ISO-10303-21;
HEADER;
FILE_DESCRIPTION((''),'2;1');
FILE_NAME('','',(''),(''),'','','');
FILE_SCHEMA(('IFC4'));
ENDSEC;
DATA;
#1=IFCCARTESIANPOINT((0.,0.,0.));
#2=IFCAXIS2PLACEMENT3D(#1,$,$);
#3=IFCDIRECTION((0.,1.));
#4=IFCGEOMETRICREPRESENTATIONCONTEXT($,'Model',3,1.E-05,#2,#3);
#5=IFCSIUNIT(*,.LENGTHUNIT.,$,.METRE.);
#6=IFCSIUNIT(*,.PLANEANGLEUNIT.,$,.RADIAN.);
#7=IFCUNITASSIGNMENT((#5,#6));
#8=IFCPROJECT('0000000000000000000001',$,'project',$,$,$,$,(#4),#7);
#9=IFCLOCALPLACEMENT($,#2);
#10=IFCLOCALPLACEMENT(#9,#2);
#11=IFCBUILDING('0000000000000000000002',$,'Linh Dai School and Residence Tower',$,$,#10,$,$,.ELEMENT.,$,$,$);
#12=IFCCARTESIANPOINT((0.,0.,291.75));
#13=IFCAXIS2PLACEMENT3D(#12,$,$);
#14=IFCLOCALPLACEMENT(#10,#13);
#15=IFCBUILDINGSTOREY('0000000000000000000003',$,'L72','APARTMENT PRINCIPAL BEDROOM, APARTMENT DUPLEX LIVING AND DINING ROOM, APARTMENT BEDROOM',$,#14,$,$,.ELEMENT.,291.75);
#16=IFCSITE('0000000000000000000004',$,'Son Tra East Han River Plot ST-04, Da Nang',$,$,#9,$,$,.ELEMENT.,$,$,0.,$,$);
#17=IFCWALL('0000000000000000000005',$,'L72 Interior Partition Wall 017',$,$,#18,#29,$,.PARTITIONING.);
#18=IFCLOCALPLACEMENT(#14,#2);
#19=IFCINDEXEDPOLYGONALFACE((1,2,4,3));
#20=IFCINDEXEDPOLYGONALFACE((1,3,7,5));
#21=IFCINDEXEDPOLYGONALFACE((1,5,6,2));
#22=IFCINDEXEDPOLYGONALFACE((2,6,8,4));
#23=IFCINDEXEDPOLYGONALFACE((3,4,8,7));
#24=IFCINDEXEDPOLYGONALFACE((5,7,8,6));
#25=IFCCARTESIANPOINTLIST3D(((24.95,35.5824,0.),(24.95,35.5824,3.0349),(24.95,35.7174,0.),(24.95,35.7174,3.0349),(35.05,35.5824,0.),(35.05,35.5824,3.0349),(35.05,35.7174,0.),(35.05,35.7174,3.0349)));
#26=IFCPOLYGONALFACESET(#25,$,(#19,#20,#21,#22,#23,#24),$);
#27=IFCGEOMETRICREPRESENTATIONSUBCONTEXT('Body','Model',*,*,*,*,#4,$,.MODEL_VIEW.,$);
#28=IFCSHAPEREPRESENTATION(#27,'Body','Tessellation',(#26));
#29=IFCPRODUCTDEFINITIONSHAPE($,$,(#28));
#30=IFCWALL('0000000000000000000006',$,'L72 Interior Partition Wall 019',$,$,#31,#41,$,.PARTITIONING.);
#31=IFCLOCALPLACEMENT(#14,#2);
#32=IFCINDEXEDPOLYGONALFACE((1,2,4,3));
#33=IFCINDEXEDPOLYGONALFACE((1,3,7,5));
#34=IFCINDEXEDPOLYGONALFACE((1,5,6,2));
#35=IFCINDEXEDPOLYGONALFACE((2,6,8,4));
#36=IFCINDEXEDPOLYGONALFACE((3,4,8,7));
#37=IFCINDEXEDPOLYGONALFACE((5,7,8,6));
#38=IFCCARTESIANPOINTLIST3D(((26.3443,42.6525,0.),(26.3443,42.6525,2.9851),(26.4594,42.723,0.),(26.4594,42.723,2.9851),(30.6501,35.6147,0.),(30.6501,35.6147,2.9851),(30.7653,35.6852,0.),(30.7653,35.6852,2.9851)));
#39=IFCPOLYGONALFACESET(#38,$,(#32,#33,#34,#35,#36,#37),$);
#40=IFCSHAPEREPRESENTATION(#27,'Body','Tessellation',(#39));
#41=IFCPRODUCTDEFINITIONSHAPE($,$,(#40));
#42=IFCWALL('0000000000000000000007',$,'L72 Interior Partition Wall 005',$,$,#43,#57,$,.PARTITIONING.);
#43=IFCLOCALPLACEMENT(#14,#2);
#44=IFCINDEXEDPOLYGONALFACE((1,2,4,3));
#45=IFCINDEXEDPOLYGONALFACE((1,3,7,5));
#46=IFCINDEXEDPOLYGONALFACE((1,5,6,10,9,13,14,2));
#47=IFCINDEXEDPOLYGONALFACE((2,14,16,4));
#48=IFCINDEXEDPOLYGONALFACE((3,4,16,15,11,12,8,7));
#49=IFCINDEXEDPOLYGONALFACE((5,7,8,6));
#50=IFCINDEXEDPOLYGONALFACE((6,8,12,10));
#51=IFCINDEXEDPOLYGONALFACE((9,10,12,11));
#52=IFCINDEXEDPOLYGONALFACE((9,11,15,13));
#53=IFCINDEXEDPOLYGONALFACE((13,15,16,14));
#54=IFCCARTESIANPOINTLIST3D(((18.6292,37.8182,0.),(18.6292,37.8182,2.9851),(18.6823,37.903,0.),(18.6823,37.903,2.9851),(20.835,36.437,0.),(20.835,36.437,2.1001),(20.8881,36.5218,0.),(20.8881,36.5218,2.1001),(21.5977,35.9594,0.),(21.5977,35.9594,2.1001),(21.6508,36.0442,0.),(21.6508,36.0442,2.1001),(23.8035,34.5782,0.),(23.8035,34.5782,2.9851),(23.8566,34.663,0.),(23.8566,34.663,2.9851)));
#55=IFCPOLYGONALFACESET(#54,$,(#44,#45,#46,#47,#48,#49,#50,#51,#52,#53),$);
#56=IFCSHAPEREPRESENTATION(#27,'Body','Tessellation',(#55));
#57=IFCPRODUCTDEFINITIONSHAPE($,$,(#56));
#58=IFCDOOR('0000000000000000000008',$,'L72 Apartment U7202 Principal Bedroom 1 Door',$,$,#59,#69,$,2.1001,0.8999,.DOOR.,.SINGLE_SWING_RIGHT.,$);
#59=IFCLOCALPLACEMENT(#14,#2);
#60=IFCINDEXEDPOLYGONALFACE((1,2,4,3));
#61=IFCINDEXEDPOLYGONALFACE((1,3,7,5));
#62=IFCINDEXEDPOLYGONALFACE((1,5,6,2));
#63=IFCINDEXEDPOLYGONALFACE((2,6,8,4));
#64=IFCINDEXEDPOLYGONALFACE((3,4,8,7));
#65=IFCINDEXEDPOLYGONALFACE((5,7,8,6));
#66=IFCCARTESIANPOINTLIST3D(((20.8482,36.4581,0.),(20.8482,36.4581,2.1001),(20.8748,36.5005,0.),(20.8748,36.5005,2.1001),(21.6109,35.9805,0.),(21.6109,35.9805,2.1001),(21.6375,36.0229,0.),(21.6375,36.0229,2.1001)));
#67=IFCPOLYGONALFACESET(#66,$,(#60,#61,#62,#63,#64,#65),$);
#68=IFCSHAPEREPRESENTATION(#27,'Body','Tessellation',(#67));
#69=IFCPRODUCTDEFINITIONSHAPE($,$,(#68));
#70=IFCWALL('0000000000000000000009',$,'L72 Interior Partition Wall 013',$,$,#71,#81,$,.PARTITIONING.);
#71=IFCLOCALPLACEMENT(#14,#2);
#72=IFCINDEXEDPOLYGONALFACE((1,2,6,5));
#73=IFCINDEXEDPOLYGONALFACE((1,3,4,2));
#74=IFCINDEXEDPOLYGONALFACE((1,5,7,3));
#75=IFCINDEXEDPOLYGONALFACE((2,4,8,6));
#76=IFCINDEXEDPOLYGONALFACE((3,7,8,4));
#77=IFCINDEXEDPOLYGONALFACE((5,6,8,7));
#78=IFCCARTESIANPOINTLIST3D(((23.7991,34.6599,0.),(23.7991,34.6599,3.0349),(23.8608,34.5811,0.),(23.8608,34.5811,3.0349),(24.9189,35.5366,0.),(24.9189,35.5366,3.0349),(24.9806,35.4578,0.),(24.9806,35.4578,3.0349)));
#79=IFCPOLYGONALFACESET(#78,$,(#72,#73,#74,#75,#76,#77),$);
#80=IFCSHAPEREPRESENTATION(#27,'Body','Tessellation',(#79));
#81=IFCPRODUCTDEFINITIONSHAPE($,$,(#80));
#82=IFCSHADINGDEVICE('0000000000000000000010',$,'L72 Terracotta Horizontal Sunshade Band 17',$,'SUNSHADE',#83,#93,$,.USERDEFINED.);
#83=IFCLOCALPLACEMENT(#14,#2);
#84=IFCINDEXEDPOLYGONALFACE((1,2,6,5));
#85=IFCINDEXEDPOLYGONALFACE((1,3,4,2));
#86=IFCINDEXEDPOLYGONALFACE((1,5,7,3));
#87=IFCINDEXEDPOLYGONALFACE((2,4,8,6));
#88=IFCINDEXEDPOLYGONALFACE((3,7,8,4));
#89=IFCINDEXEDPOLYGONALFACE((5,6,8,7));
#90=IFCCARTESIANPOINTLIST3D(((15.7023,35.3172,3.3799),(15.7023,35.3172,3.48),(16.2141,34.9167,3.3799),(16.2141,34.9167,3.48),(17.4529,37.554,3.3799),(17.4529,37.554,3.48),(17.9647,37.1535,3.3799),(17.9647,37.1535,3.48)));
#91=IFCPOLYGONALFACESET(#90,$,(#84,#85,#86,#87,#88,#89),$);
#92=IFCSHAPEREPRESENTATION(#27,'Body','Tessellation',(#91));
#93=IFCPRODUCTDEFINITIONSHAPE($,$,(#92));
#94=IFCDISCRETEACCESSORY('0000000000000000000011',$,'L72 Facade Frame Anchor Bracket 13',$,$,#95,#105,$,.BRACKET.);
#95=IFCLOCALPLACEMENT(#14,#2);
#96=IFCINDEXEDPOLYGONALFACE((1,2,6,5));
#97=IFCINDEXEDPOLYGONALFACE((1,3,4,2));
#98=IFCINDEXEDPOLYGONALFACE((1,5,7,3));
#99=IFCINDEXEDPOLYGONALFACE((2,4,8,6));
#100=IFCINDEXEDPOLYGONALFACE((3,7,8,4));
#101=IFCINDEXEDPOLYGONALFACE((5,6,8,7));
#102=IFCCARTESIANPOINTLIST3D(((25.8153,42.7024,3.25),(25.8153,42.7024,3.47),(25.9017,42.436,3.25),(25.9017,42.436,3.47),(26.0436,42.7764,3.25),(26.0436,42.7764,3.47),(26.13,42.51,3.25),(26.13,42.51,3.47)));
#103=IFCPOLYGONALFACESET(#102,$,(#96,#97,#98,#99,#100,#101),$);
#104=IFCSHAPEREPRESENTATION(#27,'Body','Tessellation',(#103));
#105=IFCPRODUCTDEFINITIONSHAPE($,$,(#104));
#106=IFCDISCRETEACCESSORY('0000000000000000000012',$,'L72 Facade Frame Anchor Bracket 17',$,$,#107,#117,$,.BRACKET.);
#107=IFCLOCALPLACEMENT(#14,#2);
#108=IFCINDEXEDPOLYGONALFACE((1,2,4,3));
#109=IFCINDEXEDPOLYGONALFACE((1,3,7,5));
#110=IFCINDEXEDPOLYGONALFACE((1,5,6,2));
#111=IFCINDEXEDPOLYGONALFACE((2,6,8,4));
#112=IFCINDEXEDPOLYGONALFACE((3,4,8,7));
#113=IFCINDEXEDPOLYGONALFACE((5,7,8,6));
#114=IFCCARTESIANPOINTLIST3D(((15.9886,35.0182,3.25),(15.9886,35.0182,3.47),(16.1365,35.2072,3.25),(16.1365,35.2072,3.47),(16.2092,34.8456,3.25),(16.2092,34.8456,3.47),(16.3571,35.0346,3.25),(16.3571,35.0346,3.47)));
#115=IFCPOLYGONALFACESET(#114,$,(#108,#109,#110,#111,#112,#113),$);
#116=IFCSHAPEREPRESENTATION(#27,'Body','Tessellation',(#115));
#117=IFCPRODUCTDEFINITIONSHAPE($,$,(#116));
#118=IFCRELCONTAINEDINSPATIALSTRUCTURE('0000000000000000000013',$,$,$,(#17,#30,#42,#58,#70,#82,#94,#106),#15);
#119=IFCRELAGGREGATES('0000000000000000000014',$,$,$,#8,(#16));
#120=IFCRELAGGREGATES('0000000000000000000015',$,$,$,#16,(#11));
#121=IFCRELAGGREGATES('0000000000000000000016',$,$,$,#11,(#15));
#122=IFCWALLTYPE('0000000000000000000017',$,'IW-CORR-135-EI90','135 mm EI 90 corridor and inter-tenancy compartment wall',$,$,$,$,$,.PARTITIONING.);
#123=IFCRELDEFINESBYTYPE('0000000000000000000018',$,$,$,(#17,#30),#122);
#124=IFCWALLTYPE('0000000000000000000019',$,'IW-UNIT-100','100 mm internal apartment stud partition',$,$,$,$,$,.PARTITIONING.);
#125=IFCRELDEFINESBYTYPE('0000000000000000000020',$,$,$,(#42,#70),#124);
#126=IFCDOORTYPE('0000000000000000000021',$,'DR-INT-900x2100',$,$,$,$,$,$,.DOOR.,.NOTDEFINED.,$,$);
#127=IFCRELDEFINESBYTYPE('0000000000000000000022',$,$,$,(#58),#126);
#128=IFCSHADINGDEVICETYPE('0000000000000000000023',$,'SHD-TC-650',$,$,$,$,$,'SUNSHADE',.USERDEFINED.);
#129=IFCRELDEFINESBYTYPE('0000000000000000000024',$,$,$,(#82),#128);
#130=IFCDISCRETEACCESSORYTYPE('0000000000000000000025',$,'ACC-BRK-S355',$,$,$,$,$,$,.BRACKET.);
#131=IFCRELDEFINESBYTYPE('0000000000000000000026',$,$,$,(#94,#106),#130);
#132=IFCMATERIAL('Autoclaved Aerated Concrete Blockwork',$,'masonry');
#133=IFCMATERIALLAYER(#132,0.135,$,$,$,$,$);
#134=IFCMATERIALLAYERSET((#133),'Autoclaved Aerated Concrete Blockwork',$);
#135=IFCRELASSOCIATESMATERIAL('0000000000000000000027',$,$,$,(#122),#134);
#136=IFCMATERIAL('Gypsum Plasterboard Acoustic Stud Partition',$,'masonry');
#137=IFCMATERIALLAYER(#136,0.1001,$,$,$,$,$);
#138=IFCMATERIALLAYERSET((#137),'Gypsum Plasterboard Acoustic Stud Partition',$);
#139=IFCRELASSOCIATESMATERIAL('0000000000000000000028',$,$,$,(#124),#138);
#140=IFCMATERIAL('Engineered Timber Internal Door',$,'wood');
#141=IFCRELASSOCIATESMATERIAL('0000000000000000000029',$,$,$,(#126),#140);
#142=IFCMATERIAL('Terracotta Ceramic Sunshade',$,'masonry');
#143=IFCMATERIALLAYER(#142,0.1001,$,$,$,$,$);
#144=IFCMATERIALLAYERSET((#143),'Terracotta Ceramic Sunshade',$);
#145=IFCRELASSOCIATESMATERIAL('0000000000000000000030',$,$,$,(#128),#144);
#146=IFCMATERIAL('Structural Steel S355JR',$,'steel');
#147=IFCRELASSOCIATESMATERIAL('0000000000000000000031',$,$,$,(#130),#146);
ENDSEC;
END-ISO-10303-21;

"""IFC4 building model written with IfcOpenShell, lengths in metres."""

from ifc_helpers import new_model, si_unit, direction, frame, frame_2d, origin, origin_2d, place, context, subcontext, project, spatial, rectangle, extrude, source, transform, mapped, material, layer, layer_set, type_object, element, fill, save


model = new_model("IFC4")

# Units and contexts
model_context = context("Model", 3, precision=1e-05, world=origin(), true_north=direction((0.0, 1.0)))
body_context = subcontext(model_context, "Body", "Model", "MODEL_VIEW")
ifc_project = project(units=[si_unit("LENGTHUNIT", "METRE"), si_unit("PLANEANGLEUNIT", "RADIAN")], contexts=[model_context])

# Site, building, storey
site_placement = place(None, origin())
site = spatial("IfcSite", under=ifc_project, at=site_placement, Name="Son Tra East Han River Plot ST-04, Da Nang", CompositionType="ELEMENT", RefElevation=0.0)
building_placement = place(site_placement, origin())
building = spatial("IfcBuilding", under=site, at=building_placement, Name="Linh Dai School and Residence Tower", CompositionType="ELEMENT")
storey_placement = place(building_placement, frame((0.0, 0.0, 291.75)))
storey = spatial("IfcBuildingStorey", under=building, at=storey_placement, Name="L72", Description="APARTMENT PRINCIPAL BEDROOM, APARTMENT DUPLEX LIVING AND DINING ROOM, APARTMENT BEDROOM", CompositionType="ELEMENT", Elevation=291.75)

# Shared definitions
ifc_material_1 = material(Name="Structural Steel S355JR", Category="steel")

# Walls
ifc_material_2 = material(Name="Autoclaved Aerated Concrete Blockwork", Category="masonry")
ifc_layer_1 = layer(ifc_material_2, 0.135)
ifc_layer_set_1 = layer_set([ifc_layer_1], Name="Autoclaved Aerated Concrete Blockwork")
wall_type_1 = type_object("IfcWallType", Name="IW-CORR-135-EI90", Description="135 mm EI 90 corridor and inter-tenancy compartment wall", PredefinedType="PARTITIONING", material=ifc_layer_set_1)
wall_1_placement = place(storey_placement, frame((24.95, 35.6499, 0.0), z_axis=(0.0, 0.0, 1.0), x_axis=(1.0, 0.0, 0.0)))
element("IfcWall", 1, at=wall_1_placement, inside=storey, type_object=wall_type_1, Name="L72 Interior Partition Wall 017", PredefinedType="PARTITIONING", context=body_context, shape_type="SweptSolid", body=[
    extrude(rectangle(XDim=10.1001, YDim=0.135, at=frame_2d((5.05, 0.0))), origin(), (0.0, 0.0, 1.0), 3.0349),
])
wall_2_placement = place(storey_placement, frame((26.4019, 42.6877, 0.0), z_axis=(0.0, 0.0, 1.0), x_axis=(0.521892, -0.853012, 0.0)))
element("IfcWall", 2, at=wall_2_placement, inside=storey, type_object=wall_type_1, Name="L72 Interior Partition Wall 019", PredefinedType="PARTITIONING", context=body_context, shape_type="SweptSolid", body=[
    extrude(rectangle(XDim=8.2505, YDim=0.135, at=frame_2d((4.1252, 0.0))), origin(), (0.0, 0.0, 1.0), 2.9851),
])

# Wall, opening, door
ifc_material_3 = material(Name="Gypsum Plasterboard Acoustic Stud Partition", Category="masonry")
ifc_layer_2 = layer(ifc_material_3, 0.1001)
ifc_layer_set_2 = layer_set([ifc_layer_2], Name="Gypsum Plasterboard Acoustic Stud Partition")
wall_type_2 = type_object("IfcWallType", Name="IW-UNIT-100", Description="100 mm internal apartment stud partition", PredefinedType="PARTITIONING", material=ifc_layer_set_2)
wall_3_placement = place(storey_placement, frame((18.6558, 37.8606, 0.0), z_axis=(0.0, 0.0, 1.0), x_axis=(0.847553, -0.53071, 0.0)))
wall_3 = element("IfcWall", 3, at=wall_3_placement, inside=storey, type_object=wall_type_2, Name="L72 Interior Partition Wall 005", PredefinedType="PARTITIONING", context=body_context, shape_type="SweptSolid", body=[
    extrude(rectangle(XDim=6.105, YDim=0.1001, at=frame_2d((3.0525, 0.0))), origin(), (0.0, 0.0, 1.0), 2.9851),
])
opening_1_placement = place(wall_3_placement, frame((2.6025, 0.0, 0.0)))
opening_1 = element("IfcOpeningElement", 4, at=opening_1_placement, cuts=wall_3, PredefinedType="OPENING", context=body_context, shape_type="SweptSolid", body=[
    extrude(rectangle(XDim=0.8999, YDim=2.1001, at=origin_2d()), frame((0.45, 0.0601, 1.05), z_axis=(0.0, -1.0, 0.0), x_axis=(1.0, 0.0, 0.0)), (0.0, 0.0, 1.0), 0.1201),
])
ifc_material_4 = material(Name="Engineered Timber Internal Door", Category="wood")
door_type_1 = type_object("IfcDoorType", Name="DR-INT-900x2100", OperationType="NOTDEFINED", PredefinedType="DOOR", material=ifc_material_4)
shared_shape_1 = source(origin(), body_context, "Body", "SweptSolid", [
    extrude(rectangle(XDim=0.8999, YDim=2.1001, at=origin_2d()), frame((0.45, 0.0249, 1.05), z_axis=(0.0, -1.0, 0.0), x_axis=(1.0, 0.0, 0.0)), (0.0, 0.0, 1.0), 0.05),
])
door_1_placement = place(opening_1_placement, origin())
door_1 = element("IfcDoor", 5, at=door_1_placement, inside=storey, type_object=door_type_1, Name="L72 Apartment U7202 Principal Bedroom 1 Door", OperationType="SINGLE_SWING_RIGHT", OverallHeight=2.1001, OverallWidth=0.8999, PredefinedType="DOOR", context=body_context, shape_type="MappedRepresentation", body=[
    mapped(shared_shape_1, transform((0.0, 0.0, 0.0), x_axis=(1.0, 0.0, 0.0), y_axis=(0.0, 1.0, 0.0), z_axis=(0.0, 0.0, 1.0), scale=1.0)),
])
fill(opening_1, door_1)

# Wall
wall_4_placement = place(storey_placement, frame((23.8301, 34.6206, 0.0), z_axis=(0.0, 0.0, 1.0), x_axis=(0.787407, 0.616433, 0.0)))
element("IfcWall", 6, at=wall_4_placement, inside=storey, type_object=wall_type_2, Name="L72 Interior Partition Wall 013", PredefinedType="PARTITIONING", context=body_context, shape_type="SweptSolid", body=[
    extrude(rectangle(XDim=1.4221, YDim=0.1001, at=frame_2d((0.7109, 0.0))), origin(), (0.0, 0.0, 1.0), 3.0349),
])

# Shading device
ifc_material_5 = material(Name="Terracotta Ceramic Sunshade", Category="masonry")
ifc_layer_3 = layer(ifc_material_5, 0.1001)
ifc_layer_set_3 = layer_set([ifc_layer_3], Name="Terracotta Ceramic Sunshade")
shading_device_type = type_object("IfcShadingDeviceType", Name="SHD-TC-650", ElementType="SUNSHADE", PredefinedType="USERDEFINED", material=ifc_layer_set_3)
shared_shape_2 = source(origin(), body_context, "Body", "SweptSolid", [
    extrude(rectangle(XDim=2.8403, YDim=0.6499, at=origin_2d()), origin(), (0.0, 0.0, 1.0), 0.1001),
])
shading_device_placement = place(storey_placement, frame((16.8335, 36.2354, 3.3799), z_axis=(0.0, 0.0, 1.0), x_axis=(0.616311, 0.787503, 0.0)))
element("IfcShadingDevice", 7, at=shading_device_placement, inside=storey, type_object=shading_device_type, Name="L72 Terracotta Horizontal Sunshade Band 17", ObjectType="SUNSHADE", PredefinedType="USERDEFINED", context=body_context, shape_type="MappedRepresentation", body=[
    mapped(shared_shape_2, transform((0.0, 0.0, 0.0), x_axis=(1.0, 0.0, 0.0), y_axis=(0.0, 1.0, 0.0), z_axis=(0.0, 0.0, 1.0), scale=1.0)),
])

# Discrete accessories
discrete_accessory_type = type_object("IfcDiscreteAccessoryType", Name="ACC-BRK-S355", PredefinedType="BRACKET", material=ifc_material_1)
shared_shape_3 = source(origin(), body_context, "Body", "SweptSolid", [
    extrude(rectangle(XDim=0.28, YDim=0.24, at=origin_2d()), origin(), (0.0, 0.0, 1.0), 0.22),
])
for number, where, z_axis, x_axis, name in (
    (8, (25.9727, 42.6062, 3.25), (0.0, 0.0, 1.0), (-0.308519, 0.951218, 0.0), "L72 Facade Frame Anchor Bracket 13"),
    (9, (16.1729, 35.0264, 3.25), (0.0, 0.0, 1.0), (-0.787503, 0.616311, 0.0), "L72 Facade Frame Anchor Bracket 17"),
):
    element("IfcDiscreteAccessory", number, at=place(storey_placement, frame(where, z_axis=z_axis, x_axis=x_axis)), inside=storey, type_object=discrete_accessory_type, Name=name, PredefinedType="BRACKET", context=body_context, shape_type="MappedRepresentation", body=[
        mapped(shared_shape_3, transform((0.0, 0.0, 0.0), x_axis=(1.0, 0.0, 0.0), y_axis=(0.0, 1.0, 0.0), z_axis=(0.0, 0.0, 1.0), scale=1.0)),
    ])

save(model, "model.ifc")
